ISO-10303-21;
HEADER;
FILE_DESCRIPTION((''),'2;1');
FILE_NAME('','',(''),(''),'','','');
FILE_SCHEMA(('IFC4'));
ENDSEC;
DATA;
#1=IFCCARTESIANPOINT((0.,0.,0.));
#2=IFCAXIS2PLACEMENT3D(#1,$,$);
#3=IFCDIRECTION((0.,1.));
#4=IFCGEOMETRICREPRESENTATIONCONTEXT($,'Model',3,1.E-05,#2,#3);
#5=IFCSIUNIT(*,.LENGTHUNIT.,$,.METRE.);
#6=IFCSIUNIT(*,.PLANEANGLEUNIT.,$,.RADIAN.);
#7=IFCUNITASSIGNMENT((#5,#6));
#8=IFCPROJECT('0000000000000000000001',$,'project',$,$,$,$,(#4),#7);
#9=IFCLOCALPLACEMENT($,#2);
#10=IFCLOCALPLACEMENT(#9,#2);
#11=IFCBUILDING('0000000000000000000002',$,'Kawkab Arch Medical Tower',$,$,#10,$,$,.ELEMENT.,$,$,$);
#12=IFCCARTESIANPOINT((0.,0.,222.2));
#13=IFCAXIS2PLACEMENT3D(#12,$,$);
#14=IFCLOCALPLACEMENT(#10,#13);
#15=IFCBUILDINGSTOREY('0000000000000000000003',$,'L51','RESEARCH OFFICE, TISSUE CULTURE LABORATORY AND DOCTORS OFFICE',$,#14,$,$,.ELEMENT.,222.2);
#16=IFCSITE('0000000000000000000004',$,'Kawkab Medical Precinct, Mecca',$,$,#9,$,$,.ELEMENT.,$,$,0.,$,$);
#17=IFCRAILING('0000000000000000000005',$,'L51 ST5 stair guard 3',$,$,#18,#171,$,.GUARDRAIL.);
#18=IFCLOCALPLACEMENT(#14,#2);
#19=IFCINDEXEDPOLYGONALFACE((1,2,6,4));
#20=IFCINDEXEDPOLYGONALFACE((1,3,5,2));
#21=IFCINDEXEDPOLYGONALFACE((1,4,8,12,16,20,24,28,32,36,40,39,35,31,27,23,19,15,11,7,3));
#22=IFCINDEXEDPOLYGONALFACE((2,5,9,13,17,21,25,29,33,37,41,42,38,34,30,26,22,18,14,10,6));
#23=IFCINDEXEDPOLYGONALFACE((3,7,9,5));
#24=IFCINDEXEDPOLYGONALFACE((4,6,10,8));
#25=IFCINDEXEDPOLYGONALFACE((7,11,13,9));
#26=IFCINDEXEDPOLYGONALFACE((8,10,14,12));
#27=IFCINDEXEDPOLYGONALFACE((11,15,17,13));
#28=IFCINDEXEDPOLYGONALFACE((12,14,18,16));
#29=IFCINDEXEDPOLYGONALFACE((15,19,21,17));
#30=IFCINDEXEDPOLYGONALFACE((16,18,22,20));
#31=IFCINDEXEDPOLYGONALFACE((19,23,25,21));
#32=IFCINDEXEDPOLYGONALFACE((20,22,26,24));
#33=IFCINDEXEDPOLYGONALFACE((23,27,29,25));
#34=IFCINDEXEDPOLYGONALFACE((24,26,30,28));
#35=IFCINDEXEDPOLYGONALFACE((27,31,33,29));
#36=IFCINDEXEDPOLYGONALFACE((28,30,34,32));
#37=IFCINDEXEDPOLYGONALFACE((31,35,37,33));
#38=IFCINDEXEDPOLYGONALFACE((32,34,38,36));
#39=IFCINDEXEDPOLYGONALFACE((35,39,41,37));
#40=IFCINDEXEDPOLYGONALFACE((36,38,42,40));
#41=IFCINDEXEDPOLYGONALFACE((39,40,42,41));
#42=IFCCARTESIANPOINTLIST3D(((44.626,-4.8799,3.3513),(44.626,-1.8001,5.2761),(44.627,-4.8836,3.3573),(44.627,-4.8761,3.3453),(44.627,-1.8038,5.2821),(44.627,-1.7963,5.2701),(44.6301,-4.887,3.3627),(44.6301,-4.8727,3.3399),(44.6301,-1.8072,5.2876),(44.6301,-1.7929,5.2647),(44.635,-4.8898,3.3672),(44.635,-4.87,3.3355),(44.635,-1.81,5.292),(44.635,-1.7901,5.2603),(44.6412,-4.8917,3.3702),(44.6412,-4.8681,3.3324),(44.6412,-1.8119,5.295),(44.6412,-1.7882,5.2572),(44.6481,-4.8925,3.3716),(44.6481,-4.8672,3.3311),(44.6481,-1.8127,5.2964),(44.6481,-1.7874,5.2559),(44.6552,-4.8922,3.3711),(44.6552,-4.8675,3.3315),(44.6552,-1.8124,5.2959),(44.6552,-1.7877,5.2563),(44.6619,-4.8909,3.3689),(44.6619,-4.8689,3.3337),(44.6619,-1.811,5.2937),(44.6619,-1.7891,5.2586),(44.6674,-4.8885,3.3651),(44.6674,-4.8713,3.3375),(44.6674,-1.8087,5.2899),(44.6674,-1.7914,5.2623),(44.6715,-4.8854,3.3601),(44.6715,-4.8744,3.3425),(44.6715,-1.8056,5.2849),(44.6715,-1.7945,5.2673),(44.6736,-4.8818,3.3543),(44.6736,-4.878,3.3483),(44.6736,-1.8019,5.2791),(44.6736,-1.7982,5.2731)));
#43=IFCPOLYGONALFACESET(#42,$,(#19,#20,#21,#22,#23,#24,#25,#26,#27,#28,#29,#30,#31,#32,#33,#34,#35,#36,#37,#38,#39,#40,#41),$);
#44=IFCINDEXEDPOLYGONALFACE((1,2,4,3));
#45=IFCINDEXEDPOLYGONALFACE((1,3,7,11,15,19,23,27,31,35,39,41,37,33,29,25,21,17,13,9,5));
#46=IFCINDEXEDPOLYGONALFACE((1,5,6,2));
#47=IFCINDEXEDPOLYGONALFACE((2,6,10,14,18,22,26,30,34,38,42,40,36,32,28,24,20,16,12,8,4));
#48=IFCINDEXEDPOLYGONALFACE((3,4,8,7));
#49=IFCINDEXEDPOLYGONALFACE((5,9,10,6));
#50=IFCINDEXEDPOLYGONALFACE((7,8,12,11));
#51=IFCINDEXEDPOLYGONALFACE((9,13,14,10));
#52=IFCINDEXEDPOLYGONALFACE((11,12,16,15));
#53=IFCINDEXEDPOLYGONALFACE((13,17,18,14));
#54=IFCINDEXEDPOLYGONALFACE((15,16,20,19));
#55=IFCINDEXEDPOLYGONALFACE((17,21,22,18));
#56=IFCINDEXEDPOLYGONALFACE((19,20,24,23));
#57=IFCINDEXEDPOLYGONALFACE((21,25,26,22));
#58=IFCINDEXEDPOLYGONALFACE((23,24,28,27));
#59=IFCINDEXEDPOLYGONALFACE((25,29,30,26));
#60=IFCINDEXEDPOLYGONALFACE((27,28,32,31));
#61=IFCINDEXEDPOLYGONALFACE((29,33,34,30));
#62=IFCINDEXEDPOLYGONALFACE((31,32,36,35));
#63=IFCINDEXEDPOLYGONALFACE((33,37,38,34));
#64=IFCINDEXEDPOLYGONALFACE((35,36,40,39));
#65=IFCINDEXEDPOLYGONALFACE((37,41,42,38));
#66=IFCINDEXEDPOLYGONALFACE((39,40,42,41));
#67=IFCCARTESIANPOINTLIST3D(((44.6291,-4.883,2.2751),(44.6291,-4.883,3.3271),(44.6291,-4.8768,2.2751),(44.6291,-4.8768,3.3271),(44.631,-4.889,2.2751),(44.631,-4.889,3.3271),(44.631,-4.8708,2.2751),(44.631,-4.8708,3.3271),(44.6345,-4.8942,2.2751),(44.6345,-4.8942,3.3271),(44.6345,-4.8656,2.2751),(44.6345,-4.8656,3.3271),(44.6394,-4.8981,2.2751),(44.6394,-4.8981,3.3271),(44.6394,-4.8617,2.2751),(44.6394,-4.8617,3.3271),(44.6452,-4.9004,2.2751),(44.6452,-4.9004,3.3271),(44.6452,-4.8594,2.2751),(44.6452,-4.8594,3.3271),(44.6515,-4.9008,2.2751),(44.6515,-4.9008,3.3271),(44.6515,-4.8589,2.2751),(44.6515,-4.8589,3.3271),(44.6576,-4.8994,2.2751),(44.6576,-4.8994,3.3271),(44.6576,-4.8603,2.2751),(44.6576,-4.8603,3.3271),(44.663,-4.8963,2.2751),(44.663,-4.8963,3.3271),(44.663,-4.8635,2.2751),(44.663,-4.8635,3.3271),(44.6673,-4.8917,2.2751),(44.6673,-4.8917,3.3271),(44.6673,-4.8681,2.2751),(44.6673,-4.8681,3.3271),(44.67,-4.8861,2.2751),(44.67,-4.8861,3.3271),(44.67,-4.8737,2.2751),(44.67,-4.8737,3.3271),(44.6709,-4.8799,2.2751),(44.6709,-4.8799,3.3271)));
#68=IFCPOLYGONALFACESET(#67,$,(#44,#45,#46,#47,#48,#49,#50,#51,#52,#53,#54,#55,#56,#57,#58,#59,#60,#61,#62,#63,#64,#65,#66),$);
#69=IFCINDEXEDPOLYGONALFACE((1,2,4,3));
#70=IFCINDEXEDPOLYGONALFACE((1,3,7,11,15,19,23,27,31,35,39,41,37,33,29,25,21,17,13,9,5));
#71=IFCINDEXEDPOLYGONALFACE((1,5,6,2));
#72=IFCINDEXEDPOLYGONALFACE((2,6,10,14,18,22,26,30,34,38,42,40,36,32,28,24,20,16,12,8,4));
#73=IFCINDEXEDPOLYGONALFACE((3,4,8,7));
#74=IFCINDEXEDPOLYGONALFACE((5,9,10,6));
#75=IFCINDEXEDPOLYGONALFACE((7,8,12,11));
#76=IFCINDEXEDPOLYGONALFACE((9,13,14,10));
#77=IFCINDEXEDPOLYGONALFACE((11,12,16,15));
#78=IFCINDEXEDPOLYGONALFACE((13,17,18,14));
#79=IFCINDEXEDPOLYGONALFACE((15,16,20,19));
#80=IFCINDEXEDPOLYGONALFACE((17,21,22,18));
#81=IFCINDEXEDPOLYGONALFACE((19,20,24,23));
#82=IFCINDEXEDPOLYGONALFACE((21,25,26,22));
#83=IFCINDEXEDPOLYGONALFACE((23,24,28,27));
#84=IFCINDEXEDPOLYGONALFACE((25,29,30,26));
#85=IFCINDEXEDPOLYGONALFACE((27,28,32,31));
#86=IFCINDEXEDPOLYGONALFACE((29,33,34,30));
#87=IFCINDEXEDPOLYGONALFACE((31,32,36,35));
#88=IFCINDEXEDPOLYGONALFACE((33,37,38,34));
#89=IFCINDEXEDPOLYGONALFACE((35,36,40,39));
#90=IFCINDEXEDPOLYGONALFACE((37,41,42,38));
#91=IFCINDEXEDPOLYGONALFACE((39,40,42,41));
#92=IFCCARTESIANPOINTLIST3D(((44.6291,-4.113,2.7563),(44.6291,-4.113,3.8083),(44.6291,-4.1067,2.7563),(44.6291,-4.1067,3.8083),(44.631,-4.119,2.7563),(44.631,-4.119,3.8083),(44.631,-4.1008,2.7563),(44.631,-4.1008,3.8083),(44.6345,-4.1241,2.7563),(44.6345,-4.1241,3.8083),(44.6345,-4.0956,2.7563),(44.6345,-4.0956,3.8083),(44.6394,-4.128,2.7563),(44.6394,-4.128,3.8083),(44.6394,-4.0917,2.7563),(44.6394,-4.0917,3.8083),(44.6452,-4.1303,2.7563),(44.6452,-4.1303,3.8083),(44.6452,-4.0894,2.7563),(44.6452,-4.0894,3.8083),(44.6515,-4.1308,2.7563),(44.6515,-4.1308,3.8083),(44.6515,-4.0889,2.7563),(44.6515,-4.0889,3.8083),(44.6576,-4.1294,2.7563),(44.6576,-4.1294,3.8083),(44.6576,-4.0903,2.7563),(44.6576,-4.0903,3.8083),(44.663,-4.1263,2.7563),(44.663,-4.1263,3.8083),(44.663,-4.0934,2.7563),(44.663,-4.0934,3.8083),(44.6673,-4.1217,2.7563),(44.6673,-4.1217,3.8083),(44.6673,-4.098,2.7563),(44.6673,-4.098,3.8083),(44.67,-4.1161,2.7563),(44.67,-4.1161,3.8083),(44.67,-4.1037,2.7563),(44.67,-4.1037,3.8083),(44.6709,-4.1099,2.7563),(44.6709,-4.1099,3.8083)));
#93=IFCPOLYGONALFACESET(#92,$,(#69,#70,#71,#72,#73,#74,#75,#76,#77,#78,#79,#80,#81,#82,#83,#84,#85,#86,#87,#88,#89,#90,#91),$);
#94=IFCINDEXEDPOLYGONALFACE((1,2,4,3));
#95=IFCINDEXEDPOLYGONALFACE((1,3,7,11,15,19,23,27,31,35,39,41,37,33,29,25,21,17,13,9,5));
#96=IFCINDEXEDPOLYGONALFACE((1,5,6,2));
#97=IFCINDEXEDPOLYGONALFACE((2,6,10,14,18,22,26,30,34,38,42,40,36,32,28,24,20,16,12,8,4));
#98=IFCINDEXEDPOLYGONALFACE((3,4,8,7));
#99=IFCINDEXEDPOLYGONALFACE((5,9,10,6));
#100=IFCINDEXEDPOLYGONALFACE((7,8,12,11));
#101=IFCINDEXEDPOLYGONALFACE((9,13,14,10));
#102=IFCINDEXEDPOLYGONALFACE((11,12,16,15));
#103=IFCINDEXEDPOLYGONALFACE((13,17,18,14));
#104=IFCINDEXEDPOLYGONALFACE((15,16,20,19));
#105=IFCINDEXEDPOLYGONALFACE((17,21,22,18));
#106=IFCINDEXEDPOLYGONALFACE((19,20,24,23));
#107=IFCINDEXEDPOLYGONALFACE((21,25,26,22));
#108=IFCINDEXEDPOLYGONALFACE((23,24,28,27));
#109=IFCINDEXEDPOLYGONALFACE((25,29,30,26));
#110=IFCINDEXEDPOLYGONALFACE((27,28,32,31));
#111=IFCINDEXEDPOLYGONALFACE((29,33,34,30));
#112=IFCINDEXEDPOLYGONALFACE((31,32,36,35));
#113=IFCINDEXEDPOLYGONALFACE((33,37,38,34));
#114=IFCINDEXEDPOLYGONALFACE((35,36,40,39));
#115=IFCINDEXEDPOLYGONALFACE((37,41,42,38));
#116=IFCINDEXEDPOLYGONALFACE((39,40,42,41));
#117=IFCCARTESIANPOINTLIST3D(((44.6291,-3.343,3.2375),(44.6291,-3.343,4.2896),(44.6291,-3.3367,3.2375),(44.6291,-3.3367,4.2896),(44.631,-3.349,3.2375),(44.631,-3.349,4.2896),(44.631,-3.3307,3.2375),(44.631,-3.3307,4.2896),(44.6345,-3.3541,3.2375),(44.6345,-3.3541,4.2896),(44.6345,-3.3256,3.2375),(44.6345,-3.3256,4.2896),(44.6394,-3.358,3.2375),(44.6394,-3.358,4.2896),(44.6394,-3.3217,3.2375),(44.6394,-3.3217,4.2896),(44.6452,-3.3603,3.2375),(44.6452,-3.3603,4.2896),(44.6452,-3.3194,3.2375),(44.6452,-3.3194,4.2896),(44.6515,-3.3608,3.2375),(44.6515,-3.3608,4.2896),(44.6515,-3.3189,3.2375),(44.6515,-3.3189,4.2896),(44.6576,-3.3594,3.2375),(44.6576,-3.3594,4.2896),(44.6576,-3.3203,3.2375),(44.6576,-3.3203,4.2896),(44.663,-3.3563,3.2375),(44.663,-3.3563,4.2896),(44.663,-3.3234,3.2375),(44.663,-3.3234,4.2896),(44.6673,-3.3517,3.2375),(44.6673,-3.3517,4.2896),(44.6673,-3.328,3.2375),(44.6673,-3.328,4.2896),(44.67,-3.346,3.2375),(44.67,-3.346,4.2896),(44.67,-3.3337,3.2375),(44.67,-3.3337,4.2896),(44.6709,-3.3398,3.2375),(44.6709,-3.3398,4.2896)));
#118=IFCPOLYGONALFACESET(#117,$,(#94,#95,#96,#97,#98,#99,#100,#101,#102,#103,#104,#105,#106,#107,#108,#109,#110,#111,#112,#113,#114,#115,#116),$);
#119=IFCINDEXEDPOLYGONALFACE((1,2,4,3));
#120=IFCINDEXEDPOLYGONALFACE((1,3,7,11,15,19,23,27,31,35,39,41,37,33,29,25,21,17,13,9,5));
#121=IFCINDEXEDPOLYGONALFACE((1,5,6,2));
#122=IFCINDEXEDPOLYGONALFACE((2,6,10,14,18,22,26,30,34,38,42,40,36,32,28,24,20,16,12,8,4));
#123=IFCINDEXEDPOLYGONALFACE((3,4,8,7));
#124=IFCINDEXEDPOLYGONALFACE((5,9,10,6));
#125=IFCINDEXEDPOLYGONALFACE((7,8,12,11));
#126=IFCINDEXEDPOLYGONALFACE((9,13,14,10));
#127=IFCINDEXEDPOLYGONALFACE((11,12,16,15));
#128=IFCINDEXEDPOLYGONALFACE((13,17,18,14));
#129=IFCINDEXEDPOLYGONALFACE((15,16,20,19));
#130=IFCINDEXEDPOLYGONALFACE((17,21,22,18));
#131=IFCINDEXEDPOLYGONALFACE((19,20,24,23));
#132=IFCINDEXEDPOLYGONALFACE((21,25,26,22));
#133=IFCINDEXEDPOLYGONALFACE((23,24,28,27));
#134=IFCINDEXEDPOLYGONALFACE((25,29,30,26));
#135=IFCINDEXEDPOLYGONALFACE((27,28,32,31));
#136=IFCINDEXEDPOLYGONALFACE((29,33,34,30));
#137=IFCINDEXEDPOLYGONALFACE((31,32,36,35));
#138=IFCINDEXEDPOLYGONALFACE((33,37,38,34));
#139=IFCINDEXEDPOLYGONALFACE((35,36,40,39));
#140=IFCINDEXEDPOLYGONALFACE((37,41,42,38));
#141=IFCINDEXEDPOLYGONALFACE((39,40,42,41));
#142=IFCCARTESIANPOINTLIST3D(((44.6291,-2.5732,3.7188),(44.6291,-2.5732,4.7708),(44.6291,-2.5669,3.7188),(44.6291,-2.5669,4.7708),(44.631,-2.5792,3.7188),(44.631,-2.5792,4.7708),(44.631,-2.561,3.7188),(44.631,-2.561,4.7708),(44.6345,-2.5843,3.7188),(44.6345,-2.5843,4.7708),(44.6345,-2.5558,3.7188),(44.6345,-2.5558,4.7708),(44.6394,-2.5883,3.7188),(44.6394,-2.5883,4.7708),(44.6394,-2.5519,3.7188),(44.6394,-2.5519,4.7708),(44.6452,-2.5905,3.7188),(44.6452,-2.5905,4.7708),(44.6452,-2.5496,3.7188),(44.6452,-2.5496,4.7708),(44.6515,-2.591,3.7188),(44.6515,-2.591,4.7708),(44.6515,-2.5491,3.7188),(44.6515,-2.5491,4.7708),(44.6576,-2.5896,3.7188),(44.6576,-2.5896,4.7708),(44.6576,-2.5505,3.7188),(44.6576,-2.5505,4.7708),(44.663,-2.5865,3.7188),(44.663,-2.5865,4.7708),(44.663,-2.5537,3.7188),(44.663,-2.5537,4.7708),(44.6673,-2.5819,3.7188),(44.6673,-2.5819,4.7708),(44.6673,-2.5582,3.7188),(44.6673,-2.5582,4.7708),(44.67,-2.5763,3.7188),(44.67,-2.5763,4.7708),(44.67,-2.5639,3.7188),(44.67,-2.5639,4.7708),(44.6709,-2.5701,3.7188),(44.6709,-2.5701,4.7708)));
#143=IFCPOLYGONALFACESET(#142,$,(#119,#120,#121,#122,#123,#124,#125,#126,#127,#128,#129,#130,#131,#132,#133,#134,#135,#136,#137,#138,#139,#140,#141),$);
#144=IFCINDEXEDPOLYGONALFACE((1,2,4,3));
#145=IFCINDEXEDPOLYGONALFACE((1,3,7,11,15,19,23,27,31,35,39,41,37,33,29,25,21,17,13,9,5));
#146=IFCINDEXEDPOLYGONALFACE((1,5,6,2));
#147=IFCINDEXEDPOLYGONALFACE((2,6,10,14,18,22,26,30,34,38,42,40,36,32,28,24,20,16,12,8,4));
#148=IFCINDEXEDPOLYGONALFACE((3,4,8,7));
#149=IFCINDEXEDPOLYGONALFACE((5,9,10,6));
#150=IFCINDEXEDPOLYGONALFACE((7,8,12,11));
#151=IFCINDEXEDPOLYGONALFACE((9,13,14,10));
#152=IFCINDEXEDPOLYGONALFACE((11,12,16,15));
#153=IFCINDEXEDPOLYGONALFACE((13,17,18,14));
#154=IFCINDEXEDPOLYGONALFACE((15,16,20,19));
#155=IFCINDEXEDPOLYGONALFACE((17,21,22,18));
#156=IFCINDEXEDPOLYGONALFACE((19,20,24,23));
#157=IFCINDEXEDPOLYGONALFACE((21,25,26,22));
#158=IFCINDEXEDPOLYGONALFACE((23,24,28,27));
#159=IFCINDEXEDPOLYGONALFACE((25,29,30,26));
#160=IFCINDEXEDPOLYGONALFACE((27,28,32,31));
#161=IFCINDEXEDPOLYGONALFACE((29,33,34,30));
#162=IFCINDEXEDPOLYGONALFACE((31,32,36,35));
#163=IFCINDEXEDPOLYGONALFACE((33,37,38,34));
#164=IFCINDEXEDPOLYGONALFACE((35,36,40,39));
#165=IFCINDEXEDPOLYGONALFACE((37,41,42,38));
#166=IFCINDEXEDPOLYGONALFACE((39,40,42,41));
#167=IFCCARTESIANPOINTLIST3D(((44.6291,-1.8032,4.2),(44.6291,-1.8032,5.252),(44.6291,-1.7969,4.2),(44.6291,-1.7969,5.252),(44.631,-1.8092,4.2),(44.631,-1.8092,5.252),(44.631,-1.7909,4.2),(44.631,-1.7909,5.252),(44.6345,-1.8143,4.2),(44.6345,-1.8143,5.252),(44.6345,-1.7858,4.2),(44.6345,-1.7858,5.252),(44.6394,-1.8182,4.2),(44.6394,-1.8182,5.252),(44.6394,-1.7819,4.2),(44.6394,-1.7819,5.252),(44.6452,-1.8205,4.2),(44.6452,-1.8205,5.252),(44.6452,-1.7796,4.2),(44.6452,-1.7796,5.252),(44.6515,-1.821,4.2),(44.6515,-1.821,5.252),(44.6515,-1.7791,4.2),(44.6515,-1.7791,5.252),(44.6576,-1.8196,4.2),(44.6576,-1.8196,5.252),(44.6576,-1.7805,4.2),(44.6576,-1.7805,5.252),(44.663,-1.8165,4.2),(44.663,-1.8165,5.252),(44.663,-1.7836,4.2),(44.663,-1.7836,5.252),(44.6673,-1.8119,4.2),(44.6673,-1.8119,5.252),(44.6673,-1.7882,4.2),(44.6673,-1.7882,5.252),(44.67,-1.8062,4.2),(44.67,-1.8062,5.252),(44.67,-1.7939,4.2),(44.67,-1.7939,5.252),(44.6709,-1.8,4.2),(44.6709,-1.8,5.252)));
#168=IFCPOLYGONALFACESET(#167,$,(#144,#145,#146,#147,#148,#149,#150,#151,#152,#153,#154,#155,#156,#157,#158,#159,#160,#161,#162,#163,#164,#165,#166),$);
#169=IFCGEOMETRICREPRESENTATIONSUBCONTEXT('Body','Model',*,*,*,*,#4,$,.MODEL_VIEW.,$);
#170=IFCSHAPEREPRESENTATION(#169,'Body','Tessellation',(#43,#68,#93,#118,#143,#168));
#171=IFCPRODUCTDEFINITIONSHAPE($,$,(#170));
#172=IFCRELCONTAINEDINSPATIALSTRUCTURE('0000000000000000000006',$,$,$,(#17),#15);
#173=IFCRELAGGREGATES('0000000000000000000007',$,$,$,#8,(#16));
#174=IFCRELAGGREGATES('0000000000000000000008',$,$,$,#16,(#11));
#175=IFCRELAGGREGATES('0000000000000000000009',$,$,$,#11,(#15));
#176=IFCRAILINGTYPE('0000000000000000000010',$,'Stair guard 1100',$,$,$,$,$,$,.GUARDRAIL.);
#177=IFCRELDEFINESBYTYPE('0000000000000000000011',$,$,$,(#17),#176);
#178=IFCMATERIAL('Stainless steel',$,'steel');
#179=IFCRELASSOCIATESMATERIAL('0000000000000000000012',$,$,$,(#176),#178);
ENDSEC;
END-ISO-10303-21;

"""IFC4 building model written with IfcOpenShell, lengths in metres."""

from ifc_helpers import new_model, si_unit, direction, frame, origin, origin_2d, place, context, subcontext, project, spatial, circle, extrude, material, type_object, element, save


model = new_model("IFC4")

# Units and contexts
model_context = context("Model", 3, precision=1e-05, world=origin(), true_north=direction((0.0, 1.0)))
body_context = subcontext(model_context, "Body", "Model", "MODEL_VIEW")
ifc_project = project(units=[si_unit("LENGTHUNIT", "METRE"), si_unit("PLANEANGLEUNIT", "RADIAN")], contexts=[model_context])

# Site, building, storey
site_placement = place(None, origin())
site = spatial("IfcSite", under=ifc_project, at=site_placement, Name="Kawkab Medical Precinct, Mecca", CompositionType="ELEMENT", RefElevation=0.0)
building_placement = place(site_placement, origin())
building = spatial("IfcBuilding", under=site, at=building_placement, Name="Kawkab Arch Medical Tower", CompositionType="ELEMENT")
storey_placement = place(building_placement, frame((0.0, 0.0, 222.2)))
storey = spatial("IfcBuildingStorey", under=building, at=storey_placement, Name="L51", Description="RESEARCH OFFICE, TISSUE CULTURE LABORATORY AND DOCTORS OFFICE", CompositionType="ELEMENT", Elevation=222.2)

# Railing
ifc_material_1 = material(Name="Stainless steel", Category="steel")
railing_type_1 = type_object("IfcRailingType", Name="Stair guard 1100", PredefinedType="GUARDRAIL", material=ifc_material_1)
railing_1_placement = place(storey_placement, frame((44.6499, -4.8799, 2.2751)))
element("IfcRailing", 1, at=railing_1_placement, inside=storey, type_object=railing_type_1, Name="L51 ST5 stair guard 3", PredefinedType="GUARDRAIL", context=body_context, shape_type="SweptSolid", body=[
    extrude(circle(Radius=0.0239, at=origin_2d()), frame((0.0, 0.0, 1.0762), z_axis=(0.0, 0.84801, 0.529981), x_axis=(-1.0, 0.0, 0.0)), (0.0, 0.0, 1.0), 3.6318),
    extrude(circle(Radius=0.021, at=origin_2d()), origin(), (0.0, 0.0, 1.0), 1.052),
    extrude(circle(Radius=0.021, at=origin_2d()), frame((0.0, 0.77, 0.4812)), (0.0, 0.0, 1.0), 1.052),
    extrude(circle(Radius=0.021, at=origin_2d()), frame((0.0, 1.54, 0.9624)), (0.0, 0.0, 1.0), 1.052),
    extrude(circle(Radius=0.021, at=origin_2d()), frame((0.0, 2.3098, 1.4436)), (0.0, 0.0, 1.0), 1.052),
    extrude(circle(Radius=0.021, at=origin_2d()), frame((0.0, 3.0798, 1.9248)), (0.0, 0.0, 1.0), 1.052),
])

save(model, "model.ifc")
